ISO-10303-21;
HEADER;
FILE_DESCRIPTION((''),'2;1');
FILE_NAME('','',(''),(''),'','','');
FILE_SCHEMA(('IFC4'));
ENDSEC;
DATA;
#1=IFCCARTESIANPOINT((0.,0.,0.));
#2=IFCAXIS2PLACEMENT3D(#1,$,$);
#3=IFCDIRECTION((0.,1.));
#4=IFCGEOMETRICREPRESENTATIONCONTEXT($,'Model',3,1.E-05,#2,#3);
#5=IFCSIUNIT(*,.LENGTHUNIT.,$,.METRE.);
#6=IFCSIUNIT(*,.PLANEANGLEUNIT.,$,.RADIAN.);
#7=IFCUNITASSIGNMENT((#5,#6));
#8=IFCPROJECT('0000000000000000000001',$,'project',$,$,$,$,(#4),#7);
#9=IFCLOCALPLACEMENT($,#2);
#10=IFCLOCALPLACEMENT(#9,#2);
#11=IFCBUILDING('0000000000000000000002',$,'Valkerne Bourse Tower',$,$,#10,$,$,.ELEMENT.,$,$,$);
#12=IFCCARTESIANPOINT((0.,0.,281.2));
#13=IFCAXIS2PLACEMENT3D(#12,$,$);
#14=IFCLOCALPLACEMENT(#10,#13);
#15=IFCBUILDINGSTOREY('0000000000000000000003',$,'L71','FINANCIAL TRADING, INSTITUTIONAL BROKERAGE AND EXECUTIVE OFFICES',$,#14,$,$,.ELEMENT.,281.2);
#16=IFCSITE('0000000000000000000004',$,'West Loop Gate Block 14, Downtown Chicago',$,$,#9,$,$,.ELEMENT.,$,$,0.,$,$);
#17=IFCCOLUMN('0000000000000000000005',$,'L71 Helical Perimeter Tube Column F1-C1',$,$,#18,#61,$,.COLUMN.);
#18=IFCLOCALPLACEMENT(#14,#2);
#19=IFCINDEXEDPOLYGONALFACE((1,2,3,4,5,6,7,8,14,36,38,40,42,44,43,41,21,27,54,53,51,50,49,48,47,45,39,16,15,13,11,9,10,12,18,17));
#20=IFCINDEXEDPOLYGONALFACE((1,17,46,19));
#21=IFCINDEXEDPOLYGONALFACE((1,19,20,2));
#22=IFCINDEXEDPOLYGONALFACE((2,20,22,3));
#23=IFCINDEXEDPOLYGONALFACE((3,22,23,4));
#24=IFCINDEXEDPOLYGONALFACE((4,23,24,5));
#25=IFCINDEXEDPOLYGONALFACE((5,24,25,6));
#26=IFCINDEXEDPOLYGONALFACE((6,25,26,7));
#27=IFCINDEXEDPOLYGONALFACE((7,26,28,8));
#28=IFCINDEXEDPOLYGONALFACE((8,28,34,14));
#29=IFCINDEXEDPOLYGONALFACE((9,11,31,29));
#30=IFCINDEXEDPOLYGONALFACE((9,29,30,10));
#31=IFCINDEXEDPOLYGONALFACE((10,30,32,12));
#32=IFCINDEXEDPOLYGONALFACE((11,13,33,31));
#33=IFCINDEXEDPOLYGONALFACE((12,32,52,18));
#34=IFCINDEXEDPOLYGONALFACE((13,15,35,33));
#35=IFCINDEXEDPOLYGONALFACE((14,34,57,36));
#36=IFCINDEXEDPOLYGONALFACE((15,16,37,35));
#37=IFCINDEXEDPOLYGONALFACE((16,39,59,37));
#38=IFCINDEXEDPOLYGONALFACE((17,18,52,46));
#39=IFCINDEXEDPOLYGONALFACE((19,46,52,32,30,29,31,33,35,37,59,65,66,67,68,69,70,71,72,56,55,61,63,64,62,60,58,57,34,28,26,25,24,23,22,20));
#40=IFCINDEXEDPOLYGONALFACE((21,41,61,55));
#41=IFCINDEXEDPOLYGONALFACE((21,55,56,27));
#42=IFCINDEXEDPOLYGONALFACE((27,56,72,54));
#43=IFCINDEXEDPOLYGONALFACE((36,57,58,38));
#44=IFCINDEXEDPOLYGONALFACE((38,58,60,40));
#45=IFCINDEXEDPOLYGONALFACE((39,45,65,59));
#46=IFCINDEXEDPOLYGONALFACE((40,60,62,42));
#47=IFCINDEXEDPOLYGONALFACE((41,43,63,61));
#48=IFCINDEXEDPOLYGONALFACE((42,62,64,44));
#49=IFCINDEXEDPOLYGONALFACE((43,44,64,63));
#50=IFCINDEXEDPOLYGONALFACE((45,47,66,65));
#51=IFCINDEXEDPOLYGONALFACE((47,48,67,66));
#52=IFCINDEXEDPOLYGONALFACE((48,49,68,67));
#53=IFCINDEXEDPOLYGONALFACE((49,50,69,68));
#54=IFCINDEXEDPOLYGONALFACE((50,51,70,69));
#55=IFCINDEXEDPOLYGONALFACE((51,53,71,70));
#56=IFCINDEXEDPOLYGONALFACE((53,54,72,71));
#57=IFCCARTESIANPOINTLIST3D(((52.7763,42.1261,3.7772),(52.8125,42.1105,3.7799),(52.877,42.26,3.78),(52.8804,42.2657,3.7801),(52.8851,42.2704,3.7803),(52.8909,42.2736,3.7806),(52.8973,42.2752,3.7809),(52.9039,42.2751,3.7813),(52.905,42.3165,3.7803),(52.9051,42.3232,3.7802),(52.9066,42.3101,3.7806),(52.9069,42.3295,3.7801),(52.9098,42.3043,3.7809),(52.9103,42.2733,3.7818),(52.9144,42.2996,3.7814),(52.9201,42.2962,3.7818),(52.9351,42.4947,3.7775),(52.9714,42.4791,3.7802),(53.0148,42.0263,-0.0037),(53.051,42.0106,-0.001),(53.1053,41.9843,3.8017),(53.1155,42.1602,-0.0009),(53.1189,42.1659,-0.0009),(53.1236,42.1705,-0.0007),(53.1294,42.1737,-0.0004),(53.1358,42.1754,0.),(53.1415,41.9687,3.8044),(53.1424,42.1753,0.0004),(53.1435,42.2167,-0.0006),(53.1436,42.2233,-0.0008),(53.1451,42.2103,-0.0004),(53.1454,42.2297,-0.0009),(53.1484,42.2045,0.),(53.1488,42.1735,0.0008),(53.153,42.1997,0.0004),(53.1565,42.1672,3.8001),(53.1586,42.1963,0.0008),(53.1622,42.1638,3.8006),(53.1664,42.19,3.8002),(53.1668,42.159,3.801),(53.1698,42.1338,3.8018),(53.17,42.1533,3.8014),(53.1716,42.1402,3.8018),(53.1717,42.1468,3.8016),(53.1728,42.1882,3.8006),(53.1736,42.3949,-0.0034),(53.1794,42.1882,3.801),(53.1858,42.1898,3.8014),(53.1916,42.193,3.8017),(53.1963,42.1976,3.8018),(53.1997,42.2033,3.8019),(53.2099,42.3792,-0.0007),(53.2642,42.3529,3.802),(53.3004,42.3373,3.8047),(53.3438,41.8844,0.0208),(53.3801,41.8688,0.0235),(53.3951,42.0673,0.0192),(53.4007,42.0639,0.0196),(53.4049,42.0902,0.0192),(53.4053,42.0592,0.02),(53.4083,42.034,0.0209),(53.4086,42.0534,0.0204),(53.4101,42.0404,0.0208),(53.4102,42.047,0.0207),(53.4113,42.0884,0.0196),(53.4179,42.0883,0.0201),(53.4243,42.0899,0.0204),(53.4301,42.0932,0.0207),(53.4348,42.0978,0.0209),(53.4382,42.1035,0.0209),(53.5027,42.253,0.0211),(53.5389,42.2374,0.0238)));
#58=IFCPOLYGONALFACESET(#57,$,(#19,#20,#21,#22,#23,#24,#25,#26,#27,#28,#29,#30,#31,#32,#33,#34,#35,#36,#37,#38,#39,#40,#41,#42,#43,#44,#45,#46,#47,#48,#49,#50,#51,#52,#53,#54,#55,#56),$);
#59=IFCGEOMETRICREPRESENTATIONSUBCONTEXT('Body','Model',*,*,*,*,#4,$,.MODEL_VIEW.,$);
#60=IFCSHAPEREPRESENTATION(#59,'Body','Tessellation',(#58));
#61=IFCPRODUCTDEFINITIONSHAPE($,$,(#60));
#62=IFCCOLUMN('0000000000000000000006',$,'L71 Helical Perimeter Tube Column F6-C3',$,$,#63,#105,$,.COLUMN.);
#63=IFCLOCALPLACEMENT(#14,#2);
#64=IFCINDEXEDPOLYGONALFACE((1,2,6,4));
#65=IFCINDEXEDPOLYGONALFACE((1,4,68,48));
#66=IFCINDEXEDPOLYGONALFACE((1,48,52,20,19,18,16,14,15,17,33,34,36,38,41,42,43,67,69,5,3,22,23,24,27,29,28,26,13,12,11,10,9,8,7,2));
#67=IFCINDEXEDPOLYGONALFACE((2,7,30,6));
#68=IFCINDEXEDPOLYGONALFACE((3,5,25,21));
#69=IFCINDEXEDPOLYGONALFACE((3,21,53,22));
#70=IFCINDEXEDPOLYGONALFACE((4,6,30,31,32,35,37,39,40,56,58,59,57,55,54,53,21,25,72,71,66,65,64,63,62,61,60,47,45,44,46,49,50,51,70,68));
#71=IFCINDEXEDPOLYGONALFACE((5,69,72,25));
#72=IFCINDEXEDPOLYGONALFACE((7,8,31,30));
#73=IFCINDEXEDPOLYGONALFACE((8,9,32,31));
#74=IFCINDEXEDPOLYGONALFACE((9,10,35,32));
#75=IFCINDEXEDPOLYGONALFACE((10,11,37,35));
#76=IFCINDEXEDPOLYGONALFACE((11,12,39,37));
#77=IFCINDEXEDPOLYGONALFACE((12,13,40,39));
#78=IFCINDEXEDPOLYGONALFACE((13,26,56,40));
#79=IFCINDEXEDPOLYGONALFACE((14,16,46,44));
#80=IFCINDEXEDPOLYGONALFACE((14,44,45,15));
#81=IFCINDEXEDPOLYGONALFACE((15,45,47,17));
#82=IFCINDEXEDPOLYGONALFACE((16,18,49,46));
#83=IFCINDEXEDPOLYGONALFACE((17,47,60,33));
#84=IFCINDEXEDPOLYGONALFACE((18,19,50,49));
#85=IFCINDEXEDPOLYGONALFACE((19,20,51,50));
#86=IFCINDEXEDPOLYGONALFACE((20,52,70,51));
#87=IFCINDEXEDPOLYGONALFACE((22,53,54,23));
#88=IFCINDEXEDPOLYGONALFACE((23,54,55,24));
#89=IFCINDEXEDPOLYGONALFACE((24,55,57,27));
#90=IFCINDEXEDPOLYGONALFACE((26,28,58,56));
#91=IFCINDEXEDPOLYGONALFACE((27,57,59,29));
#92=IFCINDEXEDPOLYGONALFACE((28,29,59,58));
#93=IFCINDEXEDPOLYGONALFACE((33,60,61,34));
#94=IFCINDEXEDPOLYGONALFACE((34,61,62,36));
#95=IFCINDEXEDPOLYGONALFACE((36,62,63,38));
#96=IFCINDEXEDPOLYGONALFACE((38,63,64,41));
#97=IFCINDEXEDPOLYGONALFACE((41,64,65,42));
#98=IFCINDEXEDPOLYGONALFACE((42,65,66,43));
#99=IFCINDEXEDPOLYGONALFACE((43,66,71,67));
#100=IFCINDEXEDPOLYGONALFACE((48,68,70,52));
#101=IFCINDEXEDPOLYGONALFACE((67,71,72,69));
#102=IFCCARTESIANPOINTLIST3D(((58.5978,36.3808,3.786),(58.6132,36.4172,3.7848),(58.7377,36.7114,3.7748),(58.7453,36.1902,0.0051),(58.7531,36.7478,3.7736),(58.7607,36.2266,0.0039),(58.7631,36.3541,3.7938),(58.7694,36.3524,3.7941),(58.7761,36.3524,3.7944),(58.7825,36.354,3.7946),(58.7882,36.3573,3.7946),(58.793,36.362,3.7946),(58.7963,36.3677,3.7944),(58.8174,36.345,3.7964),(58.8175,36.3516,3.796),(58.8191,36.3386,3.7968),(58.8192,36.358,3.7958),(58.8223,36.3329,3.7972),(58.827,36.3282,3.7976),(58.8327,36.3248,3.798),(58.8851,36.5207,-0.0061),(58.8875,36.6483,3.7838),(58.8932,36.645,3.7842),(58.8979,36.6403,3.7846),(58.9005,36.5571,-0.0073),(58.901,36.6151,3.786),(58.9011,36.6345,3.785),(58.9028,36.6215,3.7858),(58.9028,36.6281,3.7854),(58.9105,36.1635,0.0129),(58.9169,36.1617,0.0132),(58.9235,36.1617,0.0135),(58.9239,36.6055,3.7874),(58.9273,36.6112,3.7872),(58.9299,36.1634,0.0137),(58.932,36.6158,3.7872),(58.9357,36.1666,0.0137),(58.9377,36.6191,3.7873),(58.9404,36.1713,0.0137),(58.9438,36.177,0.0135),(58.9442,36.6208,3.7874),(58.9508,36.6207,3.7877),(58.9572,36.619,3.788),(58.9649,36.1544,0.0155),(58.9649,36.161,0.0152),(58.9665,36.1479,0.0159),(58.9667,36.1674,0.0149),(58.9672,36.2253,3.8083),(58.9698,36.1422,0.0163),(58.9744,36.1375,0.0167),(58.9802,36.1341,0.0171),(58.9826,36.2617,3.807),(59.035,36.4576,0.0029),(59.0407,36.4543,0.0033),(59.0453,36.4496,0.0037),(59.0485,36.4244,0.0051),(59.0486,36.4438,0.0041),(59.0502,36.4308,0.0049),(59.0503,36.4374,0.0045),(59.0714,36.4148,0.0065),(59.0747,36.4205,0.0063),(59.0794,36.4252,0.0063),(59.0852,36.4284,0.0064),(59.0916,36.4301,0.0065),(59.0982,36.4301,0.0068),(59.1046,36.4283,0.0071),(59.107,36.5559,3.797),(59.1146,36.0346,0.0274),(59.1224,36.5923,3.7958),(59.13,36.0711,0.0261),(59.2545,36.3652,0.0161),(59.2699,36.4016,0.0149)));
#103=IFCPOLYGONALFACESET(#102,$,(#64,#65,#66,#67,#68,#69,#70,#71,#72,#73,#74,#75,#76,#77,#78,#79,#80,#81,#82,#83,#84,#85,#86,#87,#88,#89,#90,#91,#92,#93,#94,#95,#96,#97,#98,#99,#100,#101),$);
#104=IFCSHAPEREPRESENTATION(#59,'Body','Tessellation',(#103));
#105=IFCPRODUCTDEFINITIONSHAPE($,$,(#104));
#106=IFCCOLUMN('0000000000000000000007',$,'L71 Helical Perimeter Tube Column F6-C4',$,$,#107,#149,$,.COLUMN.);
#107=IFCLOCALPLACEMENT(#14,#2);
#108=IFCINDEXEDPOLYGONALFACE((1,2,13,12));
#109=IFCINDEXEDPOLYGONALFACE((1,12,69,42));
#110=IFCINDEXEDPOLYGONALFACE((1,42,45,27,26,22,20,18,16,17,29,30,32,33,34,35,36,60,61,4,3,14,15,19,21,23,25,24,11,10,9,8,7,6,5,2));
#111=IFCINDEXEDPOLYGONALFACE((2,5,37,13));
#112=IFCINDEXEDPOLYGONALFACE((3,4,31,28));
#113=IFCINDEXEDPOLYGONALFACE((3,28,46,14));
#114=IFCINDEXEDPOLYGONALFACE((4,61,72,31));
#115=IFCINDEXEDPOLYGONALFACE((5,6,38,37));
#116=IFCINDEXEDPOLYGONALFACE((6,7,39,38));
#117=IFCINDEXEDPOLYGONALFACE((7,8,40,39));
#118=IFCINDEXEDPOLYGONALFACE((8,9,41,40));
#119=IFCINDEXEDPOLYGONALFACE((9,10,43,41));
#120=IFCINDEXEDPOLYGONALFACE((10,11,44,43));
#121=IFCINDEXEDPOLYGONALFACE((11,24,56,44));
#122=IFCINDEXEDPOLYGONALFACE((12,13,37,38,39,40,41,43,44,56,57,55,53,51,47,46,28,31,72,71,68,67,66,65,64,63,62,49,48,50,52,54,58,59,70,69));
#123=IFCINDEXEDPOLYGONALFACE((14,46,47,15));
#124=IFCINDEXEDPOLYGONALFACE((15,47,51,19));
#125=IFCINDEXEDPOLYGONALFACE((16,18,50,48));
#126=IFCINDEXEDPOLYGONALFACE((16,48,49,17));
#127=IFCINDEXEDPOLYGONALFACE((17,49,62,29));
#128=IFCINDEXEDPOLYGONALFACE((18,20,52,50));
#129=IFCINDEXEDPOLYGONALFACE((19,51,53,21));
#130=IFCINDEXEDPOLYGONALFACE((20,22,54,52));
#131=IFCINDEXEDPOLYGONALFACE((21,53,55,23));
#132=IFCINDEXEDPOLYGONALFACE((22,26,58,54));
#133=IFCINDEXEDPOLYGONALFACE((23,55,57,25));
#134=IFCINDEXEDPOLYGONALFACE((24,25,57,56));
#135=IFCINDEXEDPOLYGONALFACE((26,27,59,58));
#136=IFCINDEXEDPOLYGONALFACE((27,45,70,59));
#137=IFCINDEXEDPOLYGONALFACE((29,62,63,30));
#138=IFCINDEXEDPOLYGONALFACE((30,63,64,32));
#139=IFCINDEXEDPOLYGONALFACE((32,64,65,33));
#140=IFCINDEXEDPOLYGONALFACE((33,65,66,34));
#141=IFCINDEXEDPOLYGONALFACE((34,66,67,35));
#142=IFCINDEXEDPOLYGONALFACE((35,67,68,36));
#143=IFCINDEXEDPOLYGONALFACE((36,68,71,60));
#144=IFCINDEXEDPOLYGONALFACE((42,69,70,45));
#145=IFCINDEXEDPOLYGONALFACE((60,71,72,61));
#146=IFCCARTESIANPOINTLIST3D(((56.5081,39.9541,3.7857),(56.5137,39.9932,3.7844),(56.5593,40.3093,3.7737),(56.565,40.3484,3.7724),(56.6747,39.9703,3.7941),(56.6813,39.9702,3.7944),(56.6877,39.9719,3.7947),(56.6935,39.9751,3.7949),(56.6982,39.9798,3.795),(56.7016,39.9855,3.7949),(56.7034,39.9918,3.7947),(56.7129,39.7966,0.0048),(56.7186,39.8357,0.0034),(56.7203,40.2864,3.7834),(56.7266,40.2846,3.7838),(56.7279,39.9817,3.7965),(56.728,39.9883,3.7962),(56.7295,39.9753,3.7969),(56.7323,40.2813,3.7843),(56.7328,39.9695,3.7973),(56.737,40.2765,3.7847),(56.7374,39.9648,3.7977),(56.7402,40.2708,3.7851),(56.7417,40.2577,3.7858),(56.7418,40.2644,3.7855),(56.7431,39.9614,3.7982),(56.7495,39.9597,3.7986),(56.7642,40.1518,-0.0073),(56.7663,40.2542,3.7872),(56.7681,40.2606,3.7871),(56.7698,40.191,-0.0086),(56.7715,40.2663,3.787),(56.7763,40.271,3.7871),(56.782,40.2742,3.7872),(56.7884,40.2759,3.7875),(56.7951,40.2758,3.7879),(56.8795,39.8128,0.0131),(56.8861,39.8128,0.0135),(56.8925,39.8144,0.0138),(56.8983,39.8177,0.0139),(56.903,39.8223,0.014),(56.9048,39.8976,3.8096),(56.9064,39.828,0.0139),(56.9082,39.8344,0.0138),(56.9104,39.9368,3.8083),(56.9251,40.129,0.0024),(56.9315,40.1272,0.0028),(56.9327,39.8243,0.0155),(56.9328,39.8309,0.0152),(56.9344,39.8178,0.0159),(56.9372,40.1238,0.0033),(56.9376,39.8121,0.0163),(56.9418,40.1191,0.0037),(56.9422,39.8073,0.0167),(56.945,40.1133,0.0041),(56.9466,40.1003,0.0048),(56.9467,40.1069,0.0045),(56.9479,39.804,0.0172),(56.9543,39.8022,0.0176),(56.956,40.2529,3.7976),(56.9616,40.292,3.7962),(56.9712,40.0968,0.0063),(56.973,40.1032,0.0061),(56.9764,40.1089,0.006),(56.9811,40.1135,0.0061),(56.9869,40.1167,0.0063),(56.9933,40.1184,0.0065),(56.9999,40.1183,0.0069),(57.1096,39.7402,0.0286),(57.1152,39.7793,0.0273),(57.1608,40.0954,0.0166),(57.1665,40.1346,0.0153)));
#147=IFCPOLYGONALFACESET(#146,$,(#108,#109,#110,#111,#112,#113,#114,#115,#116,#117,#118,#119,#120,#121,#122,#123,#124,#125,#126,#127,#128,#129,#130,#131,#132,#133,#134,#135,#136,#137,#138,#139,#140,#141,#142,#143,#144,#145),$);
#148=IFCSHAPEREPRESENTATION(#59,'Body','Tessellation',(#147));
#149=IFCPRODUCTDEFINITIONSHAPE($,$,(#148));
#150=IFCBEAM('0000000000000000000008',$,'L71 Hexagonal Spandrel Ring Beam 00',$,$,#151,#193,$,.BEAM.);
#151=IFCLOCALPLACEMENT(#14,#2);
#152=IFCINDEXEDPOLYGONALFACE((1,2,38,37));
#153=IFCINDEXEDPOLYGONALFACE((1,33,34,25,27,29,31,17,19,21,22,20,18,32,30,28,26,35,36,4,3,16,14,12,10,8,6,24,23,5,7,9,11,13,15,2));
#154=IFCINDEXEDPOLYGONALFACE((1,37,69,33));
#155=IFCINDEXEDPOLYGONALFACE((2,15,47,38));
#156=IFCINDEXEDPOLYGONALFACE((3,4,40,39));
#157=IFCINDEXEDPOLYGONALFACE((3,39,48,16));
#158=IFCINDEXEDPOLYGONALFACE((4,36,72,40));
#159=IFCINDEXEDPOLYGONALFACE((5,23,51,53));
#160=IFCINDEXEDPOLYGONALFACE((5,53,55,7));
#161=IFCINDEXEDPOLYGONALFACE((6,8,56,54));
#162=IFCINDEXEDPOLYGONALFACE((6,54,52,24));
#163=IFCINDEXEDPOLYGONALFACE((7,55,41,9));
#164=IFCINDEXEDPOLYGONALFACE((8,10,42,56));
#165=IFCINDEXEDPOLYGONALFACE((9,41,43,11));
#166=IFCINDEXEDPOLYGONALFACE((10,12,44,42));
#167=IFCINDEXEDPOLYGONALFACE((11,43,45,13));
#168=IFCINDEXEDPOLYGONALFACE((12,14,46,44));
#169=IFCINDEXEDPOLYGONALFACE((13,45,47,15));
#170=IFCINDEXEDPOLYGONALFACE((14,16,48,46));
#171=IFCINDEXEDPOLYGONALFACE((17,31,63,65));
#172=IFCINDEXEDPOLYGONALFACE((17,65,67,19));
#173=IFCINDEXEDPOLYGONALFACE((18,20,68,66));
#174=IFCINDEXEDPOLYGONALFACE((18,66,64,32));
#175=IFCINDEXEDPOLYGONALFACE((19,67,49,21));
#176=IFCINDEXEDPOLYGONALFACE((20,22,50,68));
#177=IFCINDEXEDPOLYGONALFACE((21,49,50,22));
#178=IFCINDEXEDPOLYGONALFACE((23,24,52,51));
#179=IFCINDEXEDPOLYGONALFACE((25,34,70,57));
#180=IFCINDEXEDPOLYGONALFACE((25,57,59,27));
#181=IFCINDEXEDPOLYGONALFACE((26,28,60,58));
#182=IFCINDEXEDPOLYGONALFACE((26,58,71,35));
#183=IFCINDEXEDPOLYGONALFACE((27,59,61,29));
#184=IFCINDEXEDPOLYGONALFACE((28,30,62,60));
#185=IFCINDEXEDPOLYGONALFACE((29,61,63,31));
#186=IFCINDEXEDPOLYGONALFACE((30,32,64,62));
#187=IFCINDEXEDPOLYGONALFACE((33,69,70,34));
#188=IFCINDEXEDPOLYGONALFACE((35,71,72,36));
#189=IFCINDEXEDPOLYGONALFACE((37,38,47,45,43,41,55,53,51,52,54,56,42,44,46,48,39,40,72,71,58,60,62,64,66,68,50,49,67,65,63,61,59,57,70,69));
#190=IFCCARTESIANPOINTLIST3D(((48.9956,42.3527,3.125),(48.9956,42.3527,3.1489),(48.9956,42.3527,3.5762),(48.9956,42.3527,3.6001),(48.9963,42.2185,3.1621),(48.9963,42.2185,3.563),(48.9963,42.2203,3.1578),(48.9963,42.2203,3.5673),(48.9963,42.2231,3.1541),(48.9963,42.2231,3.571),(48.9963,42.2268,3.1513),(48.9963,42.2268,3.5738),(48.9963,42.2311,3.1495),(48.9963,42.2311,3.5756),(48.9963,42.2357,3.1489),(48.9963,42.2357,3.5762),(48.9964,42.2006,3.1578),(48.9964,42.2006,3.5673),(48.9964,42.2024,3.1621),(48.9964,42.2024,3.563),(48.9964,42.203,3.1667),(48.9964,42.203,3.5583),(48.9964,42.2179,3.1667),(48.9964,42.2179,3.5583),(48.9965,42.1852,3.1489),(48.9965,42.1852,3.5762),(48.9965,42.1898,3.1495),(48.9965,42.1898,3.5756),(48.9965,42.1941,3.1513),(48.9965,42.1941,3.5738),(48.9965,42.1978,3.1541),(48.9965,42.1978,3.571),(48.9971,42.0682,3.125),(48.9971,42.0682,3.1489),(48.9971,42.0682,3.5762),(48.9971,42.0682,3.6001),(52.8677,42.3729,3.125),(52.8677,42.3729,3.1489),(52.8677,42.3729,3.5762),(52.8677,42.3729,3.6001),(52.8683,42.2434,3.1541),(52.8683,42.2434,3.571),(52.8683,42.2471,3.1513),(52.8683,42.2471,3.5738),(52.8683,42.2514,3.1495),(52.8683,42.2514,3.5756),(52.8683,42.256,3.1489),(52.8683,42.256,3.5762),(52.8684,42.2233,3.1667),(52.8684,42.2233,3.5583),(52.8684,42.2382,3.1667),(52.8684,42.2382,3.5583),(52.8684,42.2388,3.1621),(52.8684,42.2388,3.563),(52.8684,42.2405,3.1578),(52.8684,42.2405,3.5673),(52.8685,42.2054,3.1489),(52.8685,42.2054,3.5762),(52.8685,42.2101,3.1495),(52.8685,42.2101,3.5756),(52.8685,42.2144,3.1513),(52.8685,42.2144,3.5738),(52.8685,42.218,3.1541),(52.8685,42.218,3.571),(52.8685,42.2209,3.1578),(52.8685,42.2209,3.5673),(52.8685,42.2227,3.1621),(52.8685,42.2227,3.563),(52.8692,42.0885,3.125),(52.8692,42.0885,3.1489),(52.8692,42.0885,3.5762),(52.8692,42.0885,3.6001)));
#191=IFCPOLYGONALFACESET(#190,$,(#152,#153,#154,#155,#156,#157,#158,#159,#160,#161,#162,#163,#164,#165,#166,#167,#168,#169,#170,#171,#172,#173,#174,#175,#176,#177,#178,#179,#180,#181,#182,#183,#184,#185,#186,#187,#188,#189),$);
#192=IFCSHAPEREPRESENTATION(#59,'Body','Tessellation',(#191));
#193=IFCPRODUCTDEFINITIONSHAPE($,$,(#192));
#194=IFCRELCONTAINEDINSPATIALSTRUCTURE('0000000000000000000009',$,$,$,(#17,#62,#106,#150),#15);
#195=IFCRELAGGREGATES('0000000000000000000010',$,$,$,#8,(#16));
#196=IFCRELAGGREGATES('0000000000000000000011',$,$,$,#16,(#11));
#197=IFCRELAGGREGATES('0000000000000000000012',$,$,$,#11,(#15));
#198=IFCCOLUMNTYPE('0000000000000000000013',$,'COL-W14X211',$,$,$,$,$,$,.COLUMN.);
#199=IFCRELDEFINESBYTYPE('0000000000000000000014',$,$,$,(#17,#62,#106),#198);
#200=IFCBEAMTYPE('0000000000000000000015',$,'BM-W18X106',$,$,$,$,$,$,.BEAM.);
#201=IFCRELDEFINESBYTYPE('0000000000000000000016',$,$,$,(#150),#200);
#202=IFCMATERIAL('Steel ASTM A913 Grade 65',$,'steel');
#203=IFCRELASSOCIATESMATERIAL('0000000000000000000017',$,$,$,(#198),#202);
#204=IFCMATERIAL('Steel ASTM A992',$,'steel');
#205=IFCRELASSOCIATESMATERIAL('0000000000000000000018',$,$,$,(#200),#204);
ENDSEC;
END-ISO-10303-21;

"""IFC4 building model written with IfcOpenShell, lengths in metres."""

from ifc_helpers import new_model, si_unit, direction, frame, origin, origin_2d, place, context, subcontext, project, spatial, i_section, extrude, material, material_profile, profile_set, type_object, element, save


model = new_model("IFC4")

# Units and contexts
model_context = context("Model", 3, precision=1e-05, world=origin(), true_north=direction((0.0, 1.0)))
body_context = subcontext(model_context, "Body", "Model", "MODEL_VIEW")
ifc_project = project(units=[si_unit("LENGTHUNIT", "METRE"), si_unit("PLANEANGLEUNIT", "RADIAN")], contexts=[model_context])

# Site, building, storey
site_placement = place(None, origin())
site = spatial("IfcSite", under=ifc_project, at=site_placement, Name="West Loop Gate Block 14, Downtown Chicago", CompositionType="ELEMENT", RefElevation=0.0)
building_placement = place(site_placement, origin())
building = spatial("IfcBuilding", under=site, at=building_placement, Name="Valkerne Bourse Tower", CompositionType="ELEMENT")
storey_placement = place(building_placement, frame((0.0, 0.0, 281.2)))
storey = spatial("IfcBuildingStorey", under=building, at=storey_placement, Name="L71", Description="FINANCIAL TRADING, INSTITUTIONAL BROKERAGE AND EXECUTIVE OFFICES", CompositionType="ELEMENT", Elevation=281.2)

# Columns
ifc_material_1 = material(Name="Steel ASTM A913 Grade 65", Category="steel")
ifc_material_profile_1 = material_profile(ifc_material_1, i_section(OverallWidth=0.4014, OverallDepth=0.3987, WebThickness=0.0249, FlangeThickness=0.0396, FilletRadius=0.0254, at=origin_2d()), Name="W14X211")
ifc_profile_set_1 = profile_set([ifc_material_profile_1], Name="Steel ASTM A913 Grade 65")
column_type = type_object("IfcColumnType", Name="COL-W14X211", PredefinedType="COLUMN", material=ifc_profile_set_1)
column_1_placement = place(storey_placement, frame((53.2769, 42.1318, 0.01), z_axis=(-0.062938, 0.026348, 0.99767), x_axis=(0.395773, 0.918348, 0.000714)))
element("IfcColumn", 1, at=column_1_placement, inside=storey, type_object=column_type, Name="L71 Helical Perimeter Tube Column F1-C1", PredefinedType="COLUMN", context=body_context, shape_type="SweptSolid", body=[
    extrude(i_section(OverallWidth=0.4014, OverallDepth=0.3987, WebThickness=0.0249, FlangeThickness=0.0396, FilletRadius=0.0254, at=origin_2d()), origin(), (0.0, 0.0, 1.0), 3.7898),
])
column_2_placement = place(storey_placement, frame((59.0076, 36.2959, 0.01), z_axis=(-0.038921, 0.050327, 0.997974), x_axis=(0.920222, -0.387451, 0.055428)))
element("IfcColumn", 2, at=column_2_placement, inside=storey, type_object=column_type, Name="L71 Helical Perimeter Tube Column F6-C3", PredefinedType="COLUMN", context=body_context, shape_type="SweptSolid", body=[
    extrude(i_section(OverallWidth=0.4014, OverallDepth=0.3987, WebThickness=0.0249, FlangeThickness=0.0396, FilletRadius=0.0254, at=origin_2d()), origin(), (0.0, 0.0, 1.0), 3.7886),
])
column_3_placement = place(storey_placement, frame((56.9397, 39.9656, 0.01), z_axis=(-0.054048, 0.041551, 0.997673), x_axis=(0.988288, -0.140566, 0.059394)))
element("IfcColumn", 3, at=column_3_placement, inside=storey, type_object=column_type, Name="L71 Helical Perimeter Tube Column F6-C4", PredefinedType="COLUMN", context=body_context, shape_type="SweptSolid", body=[
    extrude(i_section(OverallWidth=0.4014, OverallDepth=0.3987, WebThickness=0.0249, FlangeThickness=0.0396, FilletRadius=0.0254, at=origin_2d()), origin(), (0.0, 0.0, 1.0), 3.7898),
])

# Beam
ifc_material_2 = material(Name="Steel ASTM A992", Category="steel")
ifc_material_profile_2 = material_profile(ifc_material_2, i_section(OverallWidth=0.2844, OverallDepth=0.4751, WebThickness=0.0149, FlangeThickness=0.0239, FilletRadius=0.0178, at=origin_2d()), Name="W18X106")
ifc_profile_set_2 = profile_set([ifc_material_profile_2], Name="Steel ASTM A992")
beam_type = type_object("IfcBeamType", Name="BM-W18X106", PredefinedType="BEAM", material=ifc_profile_set_2)
beam_1_placement = place(storey_placement, frame((52.8684, 42.2307, 3.3625), z_axis=(-0.999986, -0.005233, 0.0), x_axis=(0.005233, -0.999986, 0.0)))
element("IfcBeam", 4, at=beam_1_placement, inside=storey, type_object=beam_type, Name="L71 Hexagonal Spandrel Ring Beam 00", PredefinedType="BEAM", context=body_context, shape_type="SweptSolid", body=[
    extrude(i_section(OverallWidth=0.2844, OverallDepth=0.4751, WebThickness=0.0149, FlangeThickness=0.0239, FilletRadius=0.0178, at=origin_2d()), origin(), (0.0, 0.0, 1.0), 3.8721),
])

save(model, "model.ifc")
